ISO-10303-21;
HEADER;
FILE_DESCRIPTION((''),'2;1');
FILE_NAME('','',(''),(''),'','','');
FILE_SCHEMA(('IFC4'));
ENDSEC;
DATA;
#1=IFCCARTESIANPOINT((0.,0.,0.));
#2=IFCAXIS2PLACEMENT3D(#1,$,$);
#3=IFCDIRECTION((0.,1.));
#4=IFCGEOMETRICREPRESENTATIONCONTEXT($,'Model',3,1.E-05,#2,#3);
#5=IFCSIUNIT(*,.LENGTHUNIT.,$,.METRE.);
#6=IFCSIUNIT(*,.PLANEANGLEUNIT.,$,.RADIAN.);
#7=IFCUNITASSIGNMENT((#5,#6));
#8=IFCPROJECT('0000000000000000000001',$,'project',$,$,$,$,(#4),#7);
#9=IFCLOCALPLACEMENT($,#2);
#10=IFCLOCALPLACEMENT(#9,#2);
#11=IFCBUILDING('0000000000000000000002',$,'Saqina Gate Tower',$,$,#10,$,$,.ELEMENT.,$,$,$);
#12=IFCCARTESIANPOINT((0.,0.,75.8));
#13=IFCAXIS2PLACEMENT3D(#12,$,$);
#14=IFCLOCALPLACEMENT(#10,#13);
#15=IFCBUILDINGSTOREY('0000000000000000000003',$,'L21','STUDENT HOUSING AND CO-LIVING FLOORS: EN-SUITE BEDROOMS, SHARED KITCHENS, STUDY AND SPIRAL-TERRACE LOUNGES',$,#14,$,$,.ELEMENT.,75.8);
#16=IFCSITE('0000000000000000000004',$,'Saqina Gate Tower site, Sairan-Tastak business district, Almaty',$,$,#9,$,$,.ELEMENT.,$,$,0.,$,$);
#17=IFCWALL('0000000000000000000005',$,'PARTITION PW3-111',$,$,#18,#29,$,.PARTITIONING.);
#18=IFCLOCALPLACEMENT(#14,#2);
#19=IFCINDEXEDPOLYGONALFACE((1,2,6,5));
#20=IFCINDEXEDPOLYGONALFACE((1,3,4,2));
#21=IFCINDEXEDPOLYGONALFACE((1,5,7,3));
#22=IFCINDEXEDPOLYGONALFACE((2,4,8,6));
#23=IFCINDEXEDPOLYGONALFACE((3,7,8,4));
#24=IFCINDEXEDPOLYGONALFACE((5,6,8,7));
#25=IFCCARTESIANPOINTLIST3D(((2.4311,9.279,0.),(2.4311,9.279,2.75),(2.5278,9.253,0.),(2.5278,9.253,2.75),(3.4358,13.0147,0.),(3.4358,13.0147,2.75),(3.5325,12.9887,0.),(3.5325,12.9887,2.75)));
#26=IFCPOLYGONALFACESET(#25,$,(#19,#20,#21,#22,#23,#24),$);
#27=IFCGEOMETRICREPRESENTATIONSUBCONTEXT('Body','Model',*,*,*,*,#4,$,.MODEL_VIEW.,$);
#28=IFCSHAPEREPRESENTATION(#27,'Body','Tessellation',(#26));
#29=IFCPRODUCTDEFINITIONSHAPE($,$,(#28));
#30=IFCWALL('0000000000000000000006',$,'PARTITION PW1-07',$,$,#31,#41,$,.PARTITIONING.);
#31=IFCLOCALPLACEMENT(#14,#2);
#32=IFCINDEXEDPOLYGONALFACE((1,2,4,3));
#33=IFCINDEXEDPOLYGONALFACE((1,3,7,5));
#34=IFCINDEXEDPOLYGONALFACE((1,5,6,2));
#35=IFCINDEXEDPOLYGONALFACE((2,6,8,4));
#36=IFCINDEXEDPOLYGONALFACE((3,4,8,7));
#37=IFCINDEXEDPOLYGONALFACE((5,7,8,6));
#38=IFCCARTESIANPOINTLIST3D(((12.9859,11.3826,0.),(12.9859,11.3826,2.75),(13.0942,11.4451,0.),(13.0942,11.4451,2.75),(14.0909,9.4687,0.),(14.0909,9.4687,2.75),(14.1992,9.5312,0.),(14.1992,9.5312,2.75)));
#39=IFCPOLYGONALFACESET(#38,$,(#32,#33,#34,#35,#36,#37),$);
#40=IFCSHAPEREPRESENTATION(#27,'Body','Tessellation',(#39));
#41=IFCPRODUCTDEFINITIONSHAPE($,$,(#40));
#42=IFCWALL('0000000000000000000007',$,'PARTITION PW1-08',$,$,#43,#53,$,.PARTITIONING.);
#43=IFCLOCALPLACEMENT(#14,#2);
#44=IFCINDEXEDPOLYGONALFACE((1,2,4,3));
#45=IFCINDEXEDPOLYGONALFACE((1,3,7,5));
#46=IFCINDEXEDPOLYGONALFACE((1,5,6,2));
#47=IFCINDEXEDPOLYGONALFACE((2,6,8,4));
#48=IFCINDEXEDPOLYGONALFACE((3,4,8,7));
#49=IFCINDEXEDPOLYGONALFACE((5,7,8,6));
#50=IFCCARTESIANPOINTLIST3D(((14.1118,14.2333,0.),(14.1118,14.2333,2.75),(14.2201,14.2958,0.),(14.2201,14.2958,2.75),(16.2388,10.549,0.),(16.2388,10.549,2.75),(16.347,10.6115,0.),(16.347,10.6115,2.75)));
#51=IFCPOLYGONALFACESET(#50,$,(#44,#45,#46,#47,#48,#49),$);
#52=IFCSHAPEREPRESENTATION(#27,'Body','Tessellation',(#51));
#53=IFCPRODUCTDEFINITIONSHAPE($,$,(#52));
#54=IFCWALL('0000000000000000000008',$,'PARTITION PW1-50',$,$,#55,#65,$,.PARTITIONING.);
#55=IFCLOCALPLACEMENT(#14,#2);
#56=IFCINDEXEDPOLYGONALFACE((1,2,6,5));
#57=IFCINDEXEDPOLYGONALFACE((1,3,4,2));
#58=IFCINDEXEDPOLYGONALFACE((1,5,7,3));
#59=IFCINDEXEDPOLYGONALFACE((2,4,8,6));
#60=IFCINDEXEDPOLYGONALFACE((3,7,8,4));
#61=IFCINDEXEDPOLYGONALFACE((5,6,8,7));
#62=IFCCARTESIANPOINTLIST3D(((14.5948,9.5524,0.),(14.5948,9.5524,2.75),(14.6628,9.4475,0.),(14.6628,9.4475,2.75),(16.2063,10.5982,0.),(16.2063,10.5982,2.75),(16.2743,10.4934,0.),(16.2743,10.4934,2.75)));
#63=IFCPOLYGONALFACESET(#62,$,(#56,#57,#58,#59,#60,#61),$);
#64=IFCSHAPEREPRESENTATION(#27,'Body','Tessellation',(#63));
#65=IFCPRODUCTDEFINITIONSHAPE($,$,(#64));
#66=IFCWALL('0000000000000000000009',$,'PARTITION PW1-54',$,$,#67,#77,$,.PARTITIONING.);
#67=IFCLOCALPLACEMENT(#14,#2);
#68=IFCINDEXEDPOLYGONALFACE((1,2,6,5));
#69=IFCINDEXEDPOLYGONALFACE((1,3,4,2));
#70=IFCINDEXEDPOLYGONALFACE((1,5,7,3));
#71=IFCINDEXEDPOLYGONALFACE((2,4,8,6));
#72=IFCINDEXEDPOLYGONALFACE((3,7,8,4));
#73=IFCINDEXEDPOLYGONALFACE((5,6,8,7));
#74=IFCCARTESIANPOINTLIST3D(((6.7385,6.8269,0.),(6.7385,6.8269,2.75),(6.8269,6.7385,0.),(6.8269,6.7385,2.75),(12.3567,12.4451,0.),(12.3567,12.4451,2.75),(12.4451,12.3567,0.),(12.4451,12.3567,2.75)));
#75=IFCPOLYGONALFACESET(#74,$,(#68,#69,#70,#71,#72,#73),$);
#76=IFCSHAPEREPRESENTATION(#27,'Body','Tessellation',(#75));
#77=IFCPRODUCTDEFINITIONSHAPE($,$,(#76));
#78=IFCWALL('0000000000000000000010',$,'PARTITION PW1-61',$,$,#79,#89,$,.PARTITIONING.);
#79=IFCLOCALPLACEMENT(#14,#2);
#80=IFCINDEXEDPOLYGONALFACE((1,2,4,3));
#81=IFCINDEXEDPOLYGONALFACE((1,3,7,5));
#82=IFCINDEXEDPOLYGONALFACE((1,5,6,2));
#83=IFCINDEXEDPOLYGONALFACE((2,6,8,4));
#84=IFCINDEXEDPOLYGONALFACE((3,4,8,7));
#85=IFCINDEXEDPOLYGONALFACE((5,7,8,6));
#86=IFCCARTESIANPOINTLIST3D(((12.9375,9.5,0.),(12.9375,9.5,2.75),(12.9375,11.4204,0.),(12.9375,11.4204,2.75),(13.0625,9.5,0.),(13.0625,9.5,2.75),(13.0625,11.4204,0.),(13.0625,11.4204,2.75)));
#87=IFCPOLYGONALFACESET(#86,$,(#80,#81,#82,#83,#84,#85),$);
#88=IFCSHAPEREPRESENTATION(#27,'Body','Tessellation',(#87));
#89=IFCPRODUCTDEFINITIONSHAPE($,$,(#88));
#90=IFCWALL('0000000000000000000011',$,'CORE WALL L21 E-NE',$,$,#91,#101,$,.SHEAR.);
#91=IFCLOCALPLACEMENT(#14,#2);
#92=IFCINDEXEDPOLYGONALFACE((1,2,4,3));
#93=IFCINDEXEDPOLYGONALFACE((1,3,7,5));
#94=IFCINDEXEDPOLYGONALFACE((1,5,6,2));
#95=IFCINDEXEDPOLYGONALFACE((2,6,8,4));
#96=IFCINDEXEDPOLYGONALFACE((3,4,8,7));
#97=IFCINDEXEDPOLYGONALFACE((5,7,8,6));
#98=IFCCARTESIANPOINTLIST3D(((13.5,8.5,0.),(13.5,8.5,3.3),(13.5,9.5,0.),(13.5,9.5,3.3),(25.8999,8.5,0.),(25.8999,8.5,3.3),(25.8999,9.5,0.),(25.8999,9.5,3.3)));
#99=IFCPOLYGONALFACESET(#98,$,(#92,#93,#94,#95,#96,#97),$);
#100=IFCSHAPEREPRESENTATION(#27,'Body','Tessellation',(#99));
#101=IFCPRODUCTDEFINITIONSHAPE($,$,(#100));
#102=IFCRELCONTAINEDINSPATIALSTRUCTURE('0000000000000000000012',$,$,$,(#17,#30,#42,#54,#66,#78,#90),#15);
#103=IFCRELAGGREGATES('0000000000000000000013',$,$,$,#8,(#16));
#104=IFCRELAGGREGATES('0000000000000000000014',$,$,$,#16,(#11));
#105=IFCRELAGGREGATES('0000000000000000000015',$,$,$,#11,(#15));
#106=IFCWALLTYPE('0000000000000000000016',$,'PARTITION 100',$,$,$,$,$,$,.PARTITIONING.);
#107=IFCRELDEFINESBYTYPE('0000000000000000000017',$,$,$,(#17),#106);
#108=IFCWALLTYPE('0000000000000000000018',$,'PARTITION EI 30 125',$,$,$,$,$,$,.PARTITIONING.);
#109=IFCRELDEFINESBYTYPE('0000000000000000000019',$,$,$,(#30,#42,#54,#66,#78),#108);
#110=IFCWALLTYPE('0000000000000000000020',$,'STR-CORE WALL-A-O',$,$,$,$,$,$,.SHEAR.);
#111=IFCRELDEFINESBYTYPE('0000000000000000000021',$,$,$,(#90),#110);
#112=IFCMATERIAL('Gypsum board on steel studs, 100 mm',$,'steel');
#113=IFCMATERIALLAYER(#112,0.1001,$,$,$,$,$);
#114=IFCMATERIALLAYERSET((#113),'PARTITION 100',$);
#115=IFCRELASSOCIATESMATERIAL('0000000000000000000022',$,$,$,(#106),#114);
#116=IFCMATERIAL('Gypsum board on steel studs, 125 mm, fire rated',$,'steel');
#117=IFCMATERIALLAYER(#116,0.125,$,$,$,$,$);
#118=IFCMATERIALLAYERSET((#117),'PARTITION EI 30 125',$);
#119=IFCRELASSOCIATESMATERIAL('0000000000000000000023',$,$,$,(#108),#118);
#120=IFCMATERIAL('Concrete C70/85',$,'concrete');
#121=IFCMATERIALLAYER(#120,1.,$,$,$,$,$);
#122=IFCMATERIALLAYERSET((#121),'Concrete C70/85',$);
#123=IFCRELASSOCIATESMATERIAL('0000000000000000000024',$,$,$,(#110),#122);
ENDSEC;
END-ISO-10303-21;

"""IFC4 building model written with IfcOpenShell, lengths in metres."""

from ifc_helpers import new_model, si_unit, direction, frame, frame_2d, origin, place, context, subcontext, project, spatial, rectangle, extrude, material, layer, layer_set, type_object, element, save


model = new_model("IFC4")

# Units and contexts
model_context = context("Model", 3, precision=1e-05, world=origin(), true_north=direction((0.0, 1.0)))
body_context = subcontext(model_context, "Body", "Model", "MODEL_VIEW")
ifc_project = project(units=[si_unit("LENGTHUNIT", "METRE"), si_unit("PLANEANGLEUNIT", "RADIAN")], contexts=[model_context])

# Site, building, storey
site_placement = place(None, origin())
site = spatial("IfcSite", under=ifc_project, at=site_placement, Name="Saqina Gate Tower site, Sairan-Tastak business district, Almaty", CompositionType="ELEMENT", RefElevation=0.0)
building_placement = place(site_placement, origin())
building = spatial("IfcBuilding", under=site, at=building_placement, Name="Saqina Gate Tower", CompositionType="ELEMENT")
storey_placement = place(building_placement, frame((0.0, 0.0, 75.8)))
storey = spatial("IfcBuildingStorey", under=building, at=storey_placement, Name="L21", Description="STUDENT HOUSING AND CO-LIVING FLOORS: EN-SUITE BEDROOMS, SHARED KITCHENS, STUDY AND SPIRAL-TERRACE LOUNGES", CompositionType="ELEMENT", Elevation=75.8)

# Shared definitions
ifc_material_1 = material(Name="Gypsum board on steel studs, 100 mm", Category="steel")
ifc_layer_1 = layer(ifc_material_1, 0.1001)
ifc_layer_set_1 = layer_set([ifc_layer_1], Name="PARTITION 100")
wall_type_1 = type_object("IfcWallType", Name="PARTITION 100", PredefinedType="PARTITIONING", material=ifc_layer_set_1)

# Walls
wall_1_placement = place(storey_placement, frame((2.4795, 9.2661, 0.0), z_axis=(0.0, 0.0, 1.0), x_axis=(0.259709, 0.965687, 0.0)))
element("IfcWall", 1, at=wall_1_placement, inside=storey, type_object=wall_type_1, Name="PARTITION PW3-111", PredefinedType="PARTITIONING", context=body_context, shape_type="SweptSolid", body=[
    extrude(rectangle(XDim=3.8684, YDim=0.1001, at=frame_2d((1.9341, 0.0))), origin(), (0.0, 0.0, 1.0), 2.75),
])
ifc_material_2 = material(Name="Gypsum board on steel studs, 125 mm, fire rated", Category="steel")
ifc_layer_2 = layer(ifc_material_2, 0.125)
ifc_layer_set_2 = layer_set([ifc_layer_2], Name="PARTITION EI 30 125")
wall_type_2 = type_object("IfcWallType", Name="PARTITION EI 30 125", PredefinedType="PARTITIONING", material=ifc_layer_set_2)
wall_2_placement = place(storey_placement, frame((13.04, 11.4138, 0.0), z_axis=(0.0, 0.0, 1.0), x_axis=(0.500013, -0.866018, 0.0)))
element("IfcWall", 2, at=wall_2_placement, inside=storey, type_object=wall_type_2, Name="PARTITION PW1-07", PredefinedType="PARTITIONING", context=body_context, shape_type="SweptSolid", body=[
    extrude(rectangle(XDim=2.21, YDim=0.125, at=frame_2d((1.105, 0.0))), origin(), (0.0, 0.0, 1.0), 2.75),
])
wall_3_placement = place(storey_placement, frame((14.166, 14.2644, 0.0), z_axis=(0.0, 0.0, 1.0), x_axis=(0.499966, -0.866045, 0.0)))
element("IfcWall", 3, at=wall_3_placement, inside=storey, type_object=wall_type_2, Name="PARTITION PW1-08", PredefinedType="PARTITIONING", context=body_context, shape_type="SweptSolid", body=[
    extrude(rectangle(XDim=4.2542, YDim=0.125, at=frame_2d((2.127, 0.0))), origin(), (0.0, 0.0, 1.0), 2.75),
])
wall_4_placement = place(storey_placement, frame((14.6289, 9.5, 0.0), z_axis=(0.0, 0.0, 1.0), x_axis=(0.83883, 0.544394, 0.0)))
element("IfcWall", 4, at=wall_4_placement, inside=storey, type_object=wall_type_2, Name="PARTITION PW1-50", PredefinedType="PARTITIONING", context=body_context, shape_type="SweptSolid", body=[
    extrude(rectangle(XDim=1.9211, YDim=0.125, at=frame_2d((0.9604, 0.0))), origin(), (0.0, 0.0, 1.0), 2.75),
])
wall_5_placement = place(storey_placement, frame((6.7827, 6.7827, 0.0), z_axis=(0.0, 0.0, 1.0), x_axis=(0.707107, 0.707107, 0.0)))
element("IfcWall", 5, at=wall_5_placement, inside=storey, type_object=wall_type_2, Name="PARTITION PW1-54", PredefinedType="PARTITIONING", context=body_context, shape_type="SweptSolid", body=[
    extrude(rectangle(XDim=7.9453, YDim=0.125, at=frame_2d((3.9727, 0.0))), origin(), (0.0, 0.0, 1.0), 2.75),
])
wall_6_placement = place(storey_placement, frame((13.0, 9.5, 0.0), z_axis=(0.0, 0.0, 1.0), x_axis=(0.0, 1.0, 0.0)))
element("IfcWall", 6, at=wall_6_placement, inside=storey, type_object=wall_type_2, Name="PARTITION PW1-61", PredefinedType="PARTITIONING", context=body_context, shape_type="SweptSolid", body=[
    extrude(rectangle(XDim=1.9204, YDim=0.125, at=frame_2d((0.9602, 0.0))), origin(), (0.0, 0.0, 1.0), 2.75),
])
ifc_material_3 = material(Name="Concrete C70/85", Category="concrete")
ifc_layer_3 = layer(ifc_material_3, 1.0)
ifc_layer_set_3 = layer_set([ifc_layer_3], Name="Concrete C70/85")
wall_type_3 = type_object("IfcWallType", Name="STR-CORE WALL-A-O", PredefinedType="SHEAR", material=ifc_layer_set_3)
wall_7_placement = place(storey_placement, frame((13.5, 9.0, 0.0), z_axis=(0.0, 0.0, 1.0), x_axis=(1.0, 0.0, 0.0)))
element("IfcWall", 7, at=wall_7_placement, inside=storey, type_object=wall_type_3, Name="CORE WALL L21 E-NE", PredefinedType="SHEAR", context=body_context, shape_type="SweptSolid", body=[
    extrude(rectangle(XDim=12.3999, YDim=1.0, at=frame_2d((6.2, 0.0))), origin(), (0.0, 0.0, 1.0), 3.3),
])

save(model, "model.ifc")
